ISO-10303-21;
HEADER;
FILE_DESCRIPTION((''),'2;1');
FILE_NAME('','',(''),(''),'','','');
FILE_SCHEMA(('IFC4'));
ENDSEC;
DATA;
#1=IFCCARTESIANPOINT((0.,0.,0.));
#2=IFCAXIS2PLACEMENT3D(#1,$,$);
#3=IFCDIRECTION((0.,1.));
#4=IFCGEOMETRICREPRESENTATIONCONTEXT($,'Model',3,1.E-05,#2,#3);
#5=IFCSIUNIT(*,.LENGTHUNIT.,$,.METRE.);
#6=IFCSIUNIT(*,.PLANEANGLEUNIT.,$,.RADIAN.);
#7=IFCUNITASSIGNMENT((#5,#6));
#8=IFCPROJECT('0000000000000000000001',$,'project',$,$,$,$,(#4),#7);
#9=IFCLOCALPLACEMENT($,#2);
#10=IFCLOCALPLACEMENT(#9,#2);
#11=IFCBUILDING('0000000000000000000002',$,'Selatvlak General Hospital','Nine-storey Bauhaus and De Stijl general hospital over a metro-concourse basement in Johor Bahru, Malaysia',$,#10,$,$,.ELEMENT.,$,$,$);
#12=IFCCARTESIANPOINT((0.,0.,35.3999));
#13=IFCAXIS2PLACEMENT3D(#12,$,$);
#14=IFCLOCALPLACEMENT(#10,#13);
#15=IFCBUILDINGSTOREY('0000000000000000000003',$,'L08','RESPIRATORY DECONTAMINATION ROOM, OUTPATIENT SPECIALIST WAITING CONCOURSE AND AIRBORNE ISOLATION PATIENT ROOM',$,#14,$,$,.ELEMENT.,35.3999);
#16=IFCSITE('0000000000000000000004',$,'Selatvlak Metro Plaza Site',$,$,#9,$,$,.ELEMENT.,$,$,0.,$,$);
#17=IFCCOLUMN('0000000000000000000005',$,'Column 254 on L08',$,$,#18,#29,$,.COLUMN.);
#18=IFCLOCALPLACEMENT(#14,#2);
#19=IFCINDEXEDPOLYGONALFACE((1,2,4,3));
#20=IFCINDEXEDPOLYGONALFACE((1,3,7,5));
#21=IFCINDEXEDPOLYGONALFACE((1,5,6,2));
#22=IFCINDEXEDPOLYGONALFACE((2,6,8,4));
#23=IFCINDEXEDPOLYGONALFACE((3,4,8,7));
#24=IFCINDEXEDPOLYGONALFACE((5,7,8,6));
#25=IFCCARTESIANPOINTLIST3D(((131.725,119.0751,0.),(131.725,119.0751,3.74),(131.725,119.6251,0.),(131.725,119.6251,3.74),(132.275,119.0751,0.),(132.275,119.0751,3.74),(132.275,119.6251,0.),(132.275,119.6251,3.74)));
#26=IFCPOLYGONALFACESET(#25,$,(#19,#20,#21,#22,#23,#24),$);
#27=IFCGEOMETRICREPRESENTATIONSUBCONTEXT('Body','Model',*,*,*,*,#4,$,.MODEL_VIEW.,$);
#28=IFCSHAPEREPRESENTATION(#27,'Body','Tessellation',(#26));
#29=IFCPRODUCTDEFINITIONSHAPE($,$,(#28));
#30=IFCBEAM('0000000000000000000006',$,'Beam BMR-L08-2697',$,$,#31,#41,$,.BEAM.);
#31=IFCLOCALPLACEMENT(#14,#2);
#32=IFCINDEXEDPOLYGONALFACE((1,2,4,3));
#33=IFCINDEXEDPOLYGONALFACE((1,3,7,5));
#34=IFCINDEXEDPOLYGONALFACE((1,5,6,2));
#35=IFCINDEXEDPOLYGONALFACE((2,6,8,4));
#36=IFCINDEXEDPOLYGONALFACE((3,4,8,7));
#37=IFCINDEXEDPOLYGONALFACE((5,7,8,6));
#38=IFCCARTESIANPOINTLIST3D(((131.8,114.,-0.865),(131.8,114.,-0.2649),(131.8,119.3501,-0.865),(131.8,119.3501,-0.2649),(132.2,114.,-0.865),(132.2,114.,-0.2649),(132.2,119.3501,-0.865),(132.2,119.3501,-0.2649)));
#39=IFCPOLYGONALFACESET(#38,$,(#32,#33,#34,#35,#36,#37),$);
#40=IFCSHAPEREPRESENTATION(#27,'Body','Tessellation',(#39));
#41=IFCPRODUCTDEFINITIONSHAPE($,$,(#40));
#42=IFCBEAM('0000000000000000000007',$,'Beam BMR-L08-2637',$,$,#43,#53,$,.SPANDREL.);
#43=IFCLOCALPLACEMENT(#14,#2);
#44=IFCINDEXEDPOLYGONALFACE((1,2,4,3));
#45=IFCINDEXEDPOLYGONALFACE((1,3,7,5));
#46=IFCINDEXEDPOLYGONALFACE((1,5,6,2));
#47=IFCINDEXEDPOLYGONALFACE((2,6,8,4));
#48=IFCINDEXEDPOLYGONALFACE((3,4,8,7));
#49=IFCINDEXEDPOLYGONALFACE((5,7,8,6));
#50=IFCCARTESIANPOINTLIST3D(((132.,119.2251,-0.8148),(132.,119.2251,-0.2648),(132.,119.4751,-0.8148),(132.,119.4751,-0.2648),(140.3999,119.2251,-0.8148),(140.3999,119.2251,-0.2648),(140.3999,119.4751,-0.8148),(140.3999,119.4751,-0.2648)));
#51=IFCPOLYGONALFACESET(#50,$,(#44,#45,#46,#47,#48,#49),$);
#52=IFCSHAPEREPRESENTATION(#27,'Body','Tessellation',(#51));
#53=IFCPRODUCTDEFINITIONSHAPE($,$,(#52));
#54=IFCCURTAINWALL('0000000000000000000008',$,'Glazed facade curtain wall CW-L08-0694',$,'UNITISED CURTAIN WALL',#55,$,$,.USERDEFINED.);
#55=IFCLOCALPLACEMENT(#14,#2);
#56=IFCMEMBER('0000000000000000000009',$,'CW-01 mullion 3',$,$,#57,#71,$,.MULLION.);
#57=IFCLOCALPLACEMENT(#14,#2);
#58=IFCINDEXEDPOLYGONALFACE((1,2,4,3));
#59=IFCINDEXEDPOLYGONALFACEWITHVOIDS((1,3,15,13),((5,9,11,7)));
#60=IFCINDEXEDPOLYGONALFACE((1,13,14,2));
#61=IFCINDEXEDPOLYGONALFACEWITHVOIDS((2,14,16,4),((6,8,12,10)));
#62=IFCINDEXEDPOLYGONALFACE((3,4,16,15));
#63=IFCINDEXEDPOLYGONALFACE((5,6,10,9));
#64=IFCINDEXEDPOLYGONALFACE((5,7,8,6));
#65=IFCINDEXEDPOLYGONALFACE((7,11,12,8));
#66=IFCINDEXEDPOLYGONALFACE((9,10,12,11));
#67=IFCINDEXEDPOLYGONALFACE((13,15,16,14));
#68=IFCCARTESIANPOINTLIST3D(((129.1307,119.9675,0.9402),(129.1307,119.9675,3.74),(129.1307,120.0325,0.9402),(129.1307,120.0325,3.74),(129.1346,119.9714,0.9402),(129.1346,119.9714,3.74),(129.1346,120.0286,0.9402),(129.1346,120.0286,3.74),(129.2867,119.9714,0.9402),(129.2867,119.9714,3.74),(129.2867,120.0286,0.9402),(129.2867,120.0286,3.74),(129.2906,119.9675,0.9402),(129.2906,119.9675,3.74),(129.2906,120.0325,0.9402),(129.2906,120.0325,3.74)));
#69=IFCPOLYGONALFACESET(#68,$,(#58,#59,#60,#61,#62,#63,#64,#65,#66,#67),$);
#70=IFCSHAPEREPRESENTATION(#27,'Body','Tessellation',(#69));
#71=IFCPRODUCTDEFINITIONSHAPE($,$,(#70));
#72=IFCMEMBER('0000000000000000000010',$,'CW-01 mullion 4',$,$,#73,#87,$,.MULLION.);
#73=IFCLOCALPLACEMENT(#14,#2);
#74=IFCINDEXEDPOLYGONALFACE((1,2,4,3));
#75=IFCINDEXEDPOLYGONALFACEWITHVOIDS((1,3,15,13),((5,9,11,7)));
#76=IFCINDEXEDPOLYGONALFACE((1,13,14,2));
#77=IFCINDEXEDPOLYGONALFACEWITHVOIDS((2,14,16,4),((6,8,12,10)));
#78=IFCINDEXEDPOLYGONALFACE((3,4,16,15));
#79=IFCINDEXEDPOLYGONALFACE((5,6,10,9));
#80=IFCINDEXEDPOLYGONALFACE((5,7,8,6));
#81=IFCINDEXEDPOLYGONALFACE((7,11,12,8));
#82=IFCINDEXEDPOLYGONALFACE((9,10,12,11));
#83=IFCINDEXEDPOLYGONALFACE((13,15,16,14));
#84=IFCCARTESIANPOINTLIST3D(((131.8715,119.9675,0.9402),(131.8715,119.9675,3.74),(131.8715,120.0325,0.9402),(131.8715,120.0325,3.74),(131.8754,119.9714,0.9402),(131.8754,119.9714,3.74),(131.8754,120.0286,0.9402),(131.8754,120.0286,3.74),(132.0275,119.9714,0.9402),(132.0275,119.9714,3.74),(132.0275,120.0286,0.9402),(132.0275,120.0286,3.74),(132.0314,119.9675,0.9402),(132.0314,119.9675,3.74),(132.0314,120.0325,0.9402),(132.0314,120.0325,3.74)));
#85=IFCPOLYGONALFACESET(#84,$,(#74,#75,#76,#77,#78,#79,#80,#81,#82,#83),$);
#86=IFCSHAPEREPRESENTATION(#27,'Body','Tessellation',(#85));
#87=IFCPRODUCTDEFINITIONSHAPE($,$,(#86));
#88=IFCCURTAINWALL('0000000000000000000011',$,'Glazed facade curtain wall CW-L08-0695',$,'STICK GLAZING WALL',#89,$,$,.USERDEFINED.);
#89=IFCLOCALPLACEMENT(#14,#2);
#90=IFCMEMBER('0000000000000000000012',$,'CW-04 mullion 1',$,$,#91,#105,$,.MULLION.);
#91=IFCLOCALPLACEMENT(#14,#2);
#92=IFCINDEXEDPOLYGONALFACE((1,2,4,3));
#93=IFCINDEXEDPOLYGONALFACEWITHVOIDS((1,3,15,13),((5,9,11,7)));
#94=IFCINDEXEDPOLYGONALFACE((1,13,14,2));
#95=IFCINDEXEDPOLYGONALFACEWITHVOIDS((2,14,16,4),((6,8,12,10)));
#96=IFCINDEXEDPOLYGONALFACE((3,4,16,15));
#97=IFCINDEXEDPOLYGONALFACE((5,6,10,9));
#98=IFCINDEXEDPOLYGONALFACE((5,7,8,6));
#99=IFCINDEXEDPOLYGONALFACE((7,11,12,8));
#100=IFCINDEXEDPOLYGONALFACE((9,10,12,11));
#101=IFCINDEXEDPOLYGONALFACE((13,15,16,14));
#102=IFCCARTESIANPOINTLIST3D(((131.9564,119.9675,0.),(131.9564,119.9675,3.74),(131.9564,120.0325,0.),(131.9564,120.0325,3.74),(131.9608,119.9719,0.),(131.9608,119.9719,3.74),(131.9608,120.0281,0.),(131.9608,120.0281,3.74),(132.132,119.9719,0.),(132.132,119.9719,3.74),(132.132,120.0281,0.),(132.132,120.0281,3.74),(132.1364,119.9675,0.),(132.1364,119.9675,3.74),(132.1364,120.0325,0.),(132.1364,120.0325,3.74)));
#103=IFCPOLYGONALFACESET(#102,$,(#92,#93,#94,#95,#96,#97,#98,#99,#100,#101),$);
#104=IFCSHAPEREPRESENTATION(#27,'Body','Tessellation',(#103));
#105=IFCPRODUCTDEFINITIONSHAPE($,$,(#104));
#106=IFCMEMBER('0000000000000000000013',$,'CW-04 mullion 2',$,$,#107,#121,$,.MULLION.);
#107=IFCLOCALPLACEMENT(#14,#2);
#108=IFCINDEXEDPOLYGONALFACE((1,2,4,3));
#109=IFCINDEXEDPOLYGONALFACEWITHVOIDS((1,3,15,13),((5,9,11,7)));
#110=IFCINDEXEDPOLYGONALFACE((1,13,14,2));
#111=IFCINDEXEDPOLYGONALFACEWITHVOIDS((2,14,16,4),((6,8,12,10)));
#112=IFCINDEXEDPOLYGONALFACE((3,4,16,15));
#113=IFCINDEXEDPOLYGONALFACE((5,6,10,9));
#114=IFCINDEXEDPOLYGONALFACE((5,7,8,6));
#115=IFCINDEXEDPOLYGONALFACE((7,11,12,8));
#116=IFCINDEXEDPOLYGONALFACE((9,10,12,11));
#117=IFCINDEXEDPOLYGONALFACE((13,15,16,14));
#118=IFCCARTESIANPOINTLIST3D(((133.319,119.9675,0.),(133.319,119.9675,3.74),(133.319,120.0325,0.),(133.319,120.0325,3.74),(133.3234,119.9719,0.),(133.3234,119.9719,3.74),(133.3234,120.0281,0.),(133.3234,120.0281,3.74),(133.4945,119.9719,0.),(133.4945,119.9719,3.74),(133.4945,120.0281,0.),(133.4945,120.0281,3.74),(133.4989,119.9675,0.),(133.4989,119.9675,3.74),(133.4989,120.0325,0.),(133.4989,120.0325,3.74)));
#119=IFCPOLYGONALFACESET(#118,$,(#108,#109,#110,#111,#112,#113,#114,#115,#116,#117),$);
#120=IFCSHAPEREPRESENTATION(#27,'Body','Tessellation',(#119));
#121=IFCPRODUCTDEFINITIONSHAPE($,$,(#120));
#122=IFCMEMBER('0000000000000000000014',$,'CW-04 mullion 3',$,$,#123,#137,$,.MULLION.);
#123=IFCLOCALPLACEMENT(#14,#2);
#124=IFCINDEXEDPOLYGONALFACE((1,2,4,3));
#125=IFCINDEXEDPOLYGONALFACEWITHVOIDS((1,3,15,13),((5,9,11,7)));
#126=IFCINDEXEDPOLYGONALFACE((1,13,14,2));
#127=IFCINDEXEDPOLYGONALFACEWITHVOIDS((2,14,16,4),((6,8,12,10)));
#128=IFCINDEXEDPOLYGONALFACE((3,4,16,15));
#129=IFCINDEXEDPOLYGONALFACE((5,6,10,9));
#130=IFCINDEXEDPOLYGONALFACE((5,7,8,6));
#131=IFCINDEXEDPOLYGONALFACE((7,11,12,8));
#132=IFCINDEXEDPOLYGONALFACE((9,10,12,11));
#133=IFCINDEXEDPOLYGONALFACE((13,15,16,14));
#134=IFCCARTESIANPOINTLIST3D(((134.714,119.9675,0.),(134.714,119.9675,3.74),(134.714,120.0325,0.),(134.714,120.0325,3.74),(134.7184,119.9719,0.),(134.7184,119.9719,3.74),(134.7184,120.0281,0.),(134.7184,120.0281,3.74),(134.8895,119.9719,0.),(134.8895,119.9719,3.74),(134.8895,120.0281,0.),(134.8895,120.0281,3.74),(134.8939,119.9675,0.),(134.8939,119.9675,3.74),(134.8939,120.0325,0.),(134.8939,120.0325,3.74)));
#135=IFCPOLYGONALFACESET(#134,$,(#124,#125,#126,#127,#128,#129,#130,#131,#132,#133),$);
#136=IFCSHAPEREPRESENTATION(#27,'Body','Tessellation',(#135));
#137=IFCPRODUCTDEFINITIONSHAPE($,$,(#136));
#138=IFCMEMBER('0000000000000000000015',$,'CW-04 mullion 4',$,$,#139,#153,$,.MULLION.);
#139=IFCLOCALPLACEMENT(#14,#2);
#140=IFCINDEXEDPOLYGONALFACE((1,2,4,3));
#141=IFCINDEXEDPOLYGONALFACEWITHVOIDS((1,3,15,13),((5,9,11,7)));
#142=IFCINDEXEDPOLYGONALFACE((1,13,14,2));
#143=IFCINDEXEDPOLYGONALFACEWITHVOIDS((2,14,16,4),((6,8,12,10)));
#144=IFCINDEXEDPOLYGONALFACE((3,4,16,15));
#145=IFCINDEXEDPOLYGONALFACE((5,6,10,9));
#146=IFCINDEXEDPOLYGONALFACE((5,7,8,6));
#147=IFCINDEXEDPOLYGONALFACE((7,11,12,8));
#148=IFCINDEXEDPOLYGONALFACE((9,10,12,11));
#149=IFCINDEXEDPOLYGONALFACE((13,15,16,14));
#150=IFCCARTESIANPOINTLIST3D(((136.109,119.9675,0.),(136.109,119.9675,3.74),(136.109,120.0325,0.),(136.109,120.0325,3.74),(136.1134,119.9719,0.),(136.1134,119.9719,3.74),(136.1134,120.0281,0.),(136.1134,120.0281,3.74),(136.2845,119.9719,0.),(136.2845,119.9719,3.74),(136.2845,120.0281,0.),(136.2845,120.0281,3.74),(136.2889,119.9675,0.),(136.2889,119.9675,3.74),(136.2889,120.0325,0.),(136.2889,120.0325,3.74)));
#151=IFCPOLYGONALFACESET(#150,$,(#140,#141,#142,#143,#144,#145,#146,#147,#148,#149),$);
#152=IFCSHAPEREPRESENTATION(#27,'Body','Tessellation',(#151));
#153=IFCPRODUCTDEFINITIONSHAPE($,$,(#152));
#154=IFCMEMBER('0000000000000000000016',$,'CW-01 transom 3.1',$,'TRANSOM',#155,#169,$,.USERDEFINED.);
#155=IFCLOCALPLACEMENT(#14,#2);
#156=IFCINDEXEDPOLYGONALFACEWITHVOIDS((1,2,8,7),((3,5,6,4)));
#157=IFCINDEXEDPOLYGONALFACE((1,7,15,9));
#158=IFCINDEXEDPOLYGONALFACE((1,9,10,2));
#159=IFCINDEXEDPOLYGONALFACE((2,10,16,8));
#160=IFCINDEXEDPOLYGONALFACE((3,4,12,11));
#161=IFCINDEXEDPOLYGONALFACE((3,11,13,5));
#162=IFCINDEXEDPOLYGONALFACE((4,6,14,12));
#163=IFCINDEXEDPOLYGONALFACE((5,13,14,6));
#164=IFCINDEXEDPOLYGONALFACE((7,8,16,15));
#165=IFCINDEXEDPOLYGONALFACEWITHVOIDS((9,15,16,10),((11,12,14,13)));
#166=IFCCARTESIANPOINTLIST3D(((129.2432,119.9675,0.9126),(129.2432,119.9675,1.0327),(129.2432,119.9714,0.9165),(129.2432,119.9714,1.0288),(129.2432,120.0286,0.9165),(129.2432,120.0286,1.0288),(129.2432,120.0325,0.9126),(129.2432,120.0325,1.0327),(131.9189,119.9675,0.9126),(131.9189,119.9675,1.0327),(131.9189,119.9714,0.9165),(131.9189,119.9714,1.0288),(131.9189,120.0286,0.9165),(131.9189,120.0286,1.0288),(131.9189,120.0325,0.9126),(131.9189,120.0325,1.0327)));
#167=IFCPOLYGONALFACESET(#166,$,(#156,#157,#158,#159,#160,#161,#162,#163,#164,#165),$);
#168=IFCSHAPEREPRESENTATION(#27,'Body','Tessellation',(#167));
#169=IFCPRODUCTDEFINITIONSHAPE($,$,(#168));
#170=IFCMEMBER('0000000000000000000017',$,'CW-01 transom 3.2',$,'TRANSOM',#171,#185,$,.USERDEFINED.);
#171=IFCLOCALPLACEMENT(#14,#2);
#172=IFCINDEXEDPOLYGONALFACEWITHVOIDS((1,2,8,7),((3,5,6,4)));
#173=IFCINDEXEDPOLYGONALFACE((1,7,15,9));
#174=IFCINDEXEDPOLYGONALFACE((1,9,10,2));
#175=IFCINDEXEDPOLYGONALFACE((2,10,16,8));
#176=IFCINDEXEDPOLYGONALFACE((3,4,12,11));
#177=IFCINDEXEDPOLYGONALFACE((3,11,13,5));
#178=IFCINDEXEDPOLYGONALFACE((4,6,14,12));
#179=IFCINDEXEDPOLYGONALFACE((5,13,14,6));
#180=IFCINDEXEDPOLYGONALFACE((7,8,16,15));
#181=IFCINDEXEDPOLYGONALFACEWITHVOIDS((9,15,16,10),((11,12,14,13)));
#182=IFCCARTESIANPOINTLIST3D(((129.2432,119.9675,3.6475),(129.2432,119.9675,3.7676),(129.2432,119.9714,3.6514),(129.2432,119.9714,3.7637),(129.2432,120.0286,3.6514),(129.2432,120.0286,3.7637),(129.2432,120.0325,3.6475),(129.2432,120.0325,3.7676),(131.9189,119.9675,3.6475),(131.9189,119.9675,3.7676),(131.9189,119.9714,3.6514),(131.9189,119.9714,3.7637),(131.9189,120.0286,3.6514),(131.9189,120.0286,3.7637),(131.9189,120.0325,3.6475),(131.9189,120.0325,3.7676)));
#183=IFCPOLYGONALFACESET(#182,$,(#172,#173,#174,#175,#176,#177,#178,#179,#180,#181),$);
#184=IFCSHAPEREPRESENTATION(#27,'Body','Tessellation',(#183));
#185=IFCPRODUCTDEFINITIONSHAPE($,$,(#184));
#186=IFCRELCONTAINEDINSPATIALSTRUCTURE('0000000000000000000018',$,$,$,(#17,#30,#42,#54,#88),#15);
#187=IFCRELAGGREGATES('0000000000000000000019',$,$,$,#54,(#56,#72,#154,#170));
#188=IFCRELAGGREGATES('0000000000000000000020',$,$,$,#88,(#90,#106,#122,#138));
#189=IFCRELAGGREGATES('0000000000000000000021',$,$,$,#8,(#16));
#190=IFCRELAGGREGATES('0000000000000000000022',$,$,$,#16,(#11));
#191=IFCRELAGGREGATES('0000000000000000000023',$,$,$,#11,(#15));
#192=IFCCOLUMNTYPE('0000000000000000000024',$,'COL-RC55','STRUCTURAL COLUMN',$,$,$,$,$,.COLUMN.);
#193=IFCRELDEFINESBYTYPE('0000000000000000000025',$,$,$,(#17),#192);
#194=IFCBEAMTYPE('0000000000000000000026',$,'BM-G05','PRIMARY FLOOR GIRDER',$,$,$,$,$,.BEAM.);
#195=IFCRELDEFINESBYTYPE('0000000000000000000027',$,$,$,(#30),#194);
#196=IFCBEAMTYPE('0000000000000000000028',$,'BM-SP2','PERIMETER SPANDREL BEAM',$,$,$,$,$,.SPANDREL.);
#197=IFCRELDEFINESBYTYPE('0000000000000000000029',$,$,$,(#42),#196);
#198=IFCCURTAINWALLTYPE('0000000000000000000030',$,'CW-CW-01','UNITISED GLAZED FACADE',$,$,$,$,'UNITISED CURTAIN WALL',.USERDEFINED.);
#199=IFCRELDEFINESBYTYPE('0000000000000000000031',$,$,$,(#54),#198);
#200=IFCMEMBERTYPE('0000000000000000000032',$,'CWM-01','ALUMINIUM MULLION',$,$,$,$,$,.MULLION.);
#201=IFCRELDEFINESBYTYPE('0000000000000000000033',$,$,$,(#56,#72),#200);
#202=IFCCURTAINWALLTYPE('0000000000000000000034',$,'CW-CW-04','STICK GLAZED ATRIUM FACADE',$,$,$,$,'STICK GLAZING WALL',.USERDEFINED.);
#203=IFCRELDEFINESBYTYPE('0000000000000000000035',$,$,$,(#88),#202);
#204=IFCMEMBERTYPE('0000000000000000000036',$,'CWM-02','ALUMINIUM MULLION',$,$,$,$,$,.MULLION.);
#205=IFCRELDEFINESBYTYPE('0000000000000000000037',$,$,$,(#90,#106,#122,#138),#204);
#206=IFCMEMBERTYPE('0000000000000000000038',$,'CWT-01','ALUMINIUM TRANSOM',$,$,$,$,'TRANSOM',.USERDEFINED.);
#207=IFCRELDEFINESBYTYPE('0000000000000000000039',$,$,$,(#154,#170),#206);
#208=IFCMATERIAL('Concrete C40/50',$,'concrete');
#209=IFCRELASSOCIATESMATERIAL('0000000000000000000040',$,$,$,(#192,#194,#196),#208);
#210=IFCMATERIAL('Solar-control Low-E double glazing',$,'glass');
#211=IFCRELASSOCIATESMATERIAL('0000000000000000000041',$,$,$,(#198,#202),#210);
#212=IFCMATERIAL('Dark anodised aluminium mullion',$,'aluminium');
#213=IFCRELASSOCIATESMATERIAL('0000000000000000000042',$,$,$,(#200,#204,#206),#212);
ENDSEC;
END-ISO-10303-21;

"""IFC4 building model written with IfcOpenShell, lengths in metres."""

from ifc_helpers import new_model, si_unit, direction, frame, origin, origin_2d, place, context, subcontext, project, spatial, rectangle, hollow_rectangle, extrude, material, material_profile, profile_set, type_object, element, aggregate, save


model = new_model("IFC4")

# Units and contexts
model_context = context("Model", 3, precision=1e-05, world=origin(), true_north=direction((0.0, 1.0)))
body_context = subcontext(model_context, "Body", "Model", "MODEL_VIEW")
ifc_project = project(units=[si_unit("LENGTHUNIT", "METRE"), si_unit("PLANEANGLEUNIT", "RADIAN")], contexts=[model_context])

# Site, building, storey
site_placement = place(None, origin())
site = spatial("IfcSite", under=ifc_project, at=site_placement, Name="Selatvlak Metro Plaza Site", CompositionType="ELEMENT", RefElevation=0.0)
building_placement = place(site_placement, origin())
building = spatial("IfcBuilding", under=site, at=building_placement, Name="Selatvlak General Hospital", Description="Nine-storey Bauhaus and De Stijl general hospital over a metro-concourse basement in Johor Bahru, Malaysia", CompositionType="ELEMENT")
storey_placement = place(building_placement, frame((0.0, 0.0, 35.3999)))
storey = spatial("IfcBuildingStorey", under=building, at=storey_placement, Name="L08", Description="RESPIRATORY DECONTAMINATION ROOM, OUTPATIENT SPECIALIST WAITING CONCOURSE AND AIRBORNE ISOLATION PATIENT ROOM", CompositionType="ELEMENT", Elevation=35.3999)

# Column
ifc_material_1 = material(Name="Concrete C40/50", Category="concrete")
ifc_material_profile_1 = material_profile(ifc_material_1, rectangle(XDim=0.55, YDim=0.55, at=origin_2d()), Name="RC-COL 550x550")
ifc_profile_set_1 = profile_set([ifc_material_profile_1], Name="Concrete C40/50")
column_type = type_object("IfcColumnType", Name="COL-RC55", Description="STRUCTURAL COLUMN", PredefinedType="COLUMN", material=ifc_profile_set_1)
column_placement = place(storey_placement, frame((132.0, 119.3501, 0.0), z_axis=(0.0, 0.0, 1.0), x_axis=(1.0, 0.0, 0.0)))
element("IfcColumn", 1, at=column_placement, inside=storey, type_object=column_type, Name="Column 254 on L08", PredefinedType="COLUMN", context=body_context, shape_type="SweptSolid", body=[
    extrude(rectangle(XDim=0.55, YDim=0.55, at=origin_2d()), origin(), (0.0, 0.0, 1.0), 3.74),
])

# Beams
ifc_material_profile_2 = material_profile(ifc_material_1, rectangle(XDim=0.3999, YDim=0.6001, at=origin_2d()), Name="RC-BM 400x600")
ifc_profile_set_2 = profile_set([ifc_material_profile_2], Name="Concrete C40/50")
beam_type_1 = type_object("IfcBeamType", Name="BM-G05", Description="PRIMARY FLOOR GIRDER", PredefinedType="BEAM", material=ifc_profile_set_2)
beam_1_placement = place(storey_placement, frame((132.0, 114.0, -0.5649), z_axis=(0.0, 1.0, 0.0), x_axis=(-1.0, 0.0, 0.0)))
element("IfcBeam", 2, at=beam_1_placement, inside=storey, type_object=beam_type_1, Name="Beam BMR-L08-2697", PredefinedType="BEAM", context=body_context, shape_type="SweptSolid", body=[
    extrude(rectangle(XDim=0.3999, YDim=0.6001, at=origin_2d()), origin(), (0.0, 0.0, 1.0), 5.3501),
])
ifc_material_profile_3 = material_profile(ifc_material_1, rectangle(XDim=0.25, YDim=0.55, at=origin_2d()), Name="RC-SP 250x550")
ifc_profile_set_3 = profile_set([ifc_material_profile_3], Name="Concrete C40/50")
beam_type_2 = type_object("IfcBeamType", Name="BM-SP2", Description="PERIMETER SPANDREL BEAM", PredefinedType="SPANDREL", material=ifc_profile_set_3)
beam_2_placement = place(storey_placement, frame((132.0, 119.3501, -0.5398), z_axis=(1.0, 0.0, 0.0), x_axis=(0.0, 1.0, 0.0)))
element("IfcBeam", 3, at=beam_2_placement, inside=storey, type_object=beam_type_2, Name="Beam BMR-L08-2637", PredefinedType="SPANDREL", context=body_context, shape_type="SweptSolid", body=[
    extrude(rectangle(XDim=0.25, YDim=0.55, at=origin_2d()), origin(), (0.0, 0.0, 1.0), 8.3999),
])

# Curtain walls, members
ifc_material_2 = material(Name="Solar-control Low-E double glazing", Category="glass")
curtain_wall_type_1 = type_object("IfcCurtainWallType", Name="CW-CW-01", Description="UNITISED GLAZED FACADE", ElementType="UNITISED CURTAIN WALL", PredefinedType="USERDEFINED", material=ifc_material_2)
curtain_wall_1_placement = place(storey_placement, origin())
curtain_wall_1 = element("IfcCurtainWall", 4, at=curtain_wall_1_placement, inside=storey, type_object=curtain_wall_type_1, Name="Glazed facade curtain wall CW-L08-0694", ObjectType="UNITISED CURTAIN WALL", PredefinedType="USERDEFINED")
ifc_material_3 = material(Name="Dark anodised aluminium mullion", Category="aluminium")
ifc_material_profile_4 = material_profile(ifc_material_3, hollow_rectangle(XDim=0.0649, YDim=0.1599, WallThickness=0.0039, at=origin_2d()), Name="AL-MUL 65x160x4")
ifc_profile_set_4 = profile_set([ifc_material_profile_4], Name="Dark anodised aluminium mullion")
member_type_1 = type_object("IfcMemberType", Name="CWM-01", Description="ALUMINIUM MULLION", PredefinedType="MULLION", material=ifc_profile_set_4)
member_1_placement = place(storey_placement, frame((129.2107, 120.0, 0.9402), z_axis=(0.0, 0.0, 1.0), x_axis=(0.0, 1.0, 0.0)))
member_1 = element("IfcMember", 5, at=member_1_placement, type_object=member_type_1, Name="CW-01 mullion 3", PredefinedType="MULLION", context=body_context, shape_type="SweptSolid", body=[
    extrude(hollow_rectangle(XDim=0.0649, YDim=0.1599, WallThickness=0.0039, at=origin_2d()), origin(), (0.0, 0.0, 1.0), 2.7998),
])
member_2_placement = place(storey_placement, frame((131.9514, 120.0, 0.9402), z_axis=(0.0, 0.0, 1.0), x_axis=(0.0, 1.0, 0.0)))
member_2 = element("IfcMember", 6, at=member_2_placement, type_object=member_type_1, Name="CW-01 mullion 4", PredefinedType="MULLION", context=body_context, shape_type="SweptSolid", body=[
    extrude(hollow_rectangle(XDim=0.0649, YDim=0.1599, WallThickness=0.0039, at=origin_2d()), origin(), (0.0, 0.0, 1.0), 2.7998),
])
curtain_wall_type_2 = type_object("IfcCurtainWallType", Name="CW-CW-04", Description="STICK GLAZED ATRIUM FACADE", ElementType="STICK GLAZING WALL", PredefinedType="USERDEFINED", material=ifc_material_2)
curtain_wall_2_placement = place(storey_placement, origin())
curtain_wall_2 = element("IfcCurtainWall", 7, at=curtain_wall_2_placement, inside=storey, type_object=curtain_wall_type_2, Name="Glazed facade curtain wall CW-L08-0695", ObjectType="STICK GLAZING WALL", PredefinedType="USERDEFINED")
ifc_material_profile_5 = material_profile(ifc_material_3, hollow_rectangle(XDim=0.0649, YDim=0.1799, WallThickness=0.0044, at=origin_2d()), Name="AL-MUL 65x180x4.5")
ifc_profile_set_5 = profile_set([ifc_material_profile_5], Name="Dark anodised aluminium mullion")
member_type_2 = type_object("IfcMemberType", Name="CWM-02", Description="ALUMINIUM MULLION", PredefinedType="MULLION", material=ifc_profile_set_5)
member_3_placement = place(storey_placement, frame((132.0464, 120.0, 0.0), z_axis=(0.0, 0.0, 1.0), x_axis=(0.0, 1.0, 0.0)))
member_3 = element("IfcMember", 8, at=member_3_placement, type_object=member_type_2, Name="CW-04 mullion 1", PredefinedType="MULLION", context=body_context, shape_type="SweptSolid", body=[
    extrude(hollow_rectangle(XDim=0.0649, YDim=0.1799, WallThickness=0.0044, at=origin_2d()), origin(), (0.0, 0.0, 1.0), 3.74),
])
member_4_placement = place(storey_placement, frame((133.4089, 120.0, 0.0), z_axis=(0.0, 0.0, 1.0), x_axis=(0.0, 1.0, 0.0)))
member_4 = element("IfcMember", 9, at=member_4_placement, type_object=member_type_2, Name="CW-04 mullion 2", PredefinedType="MULLION", context=body_context, shape_type="SweptSolid", body=[
    extrude(hollow_rectangle(XDim=0.0649, YDim=0.1799, WallThickness=0.0044, at=origin_2d()), origin(), (0.0, 0.0, 1.0), 3.74),
])
member_5_placement = place(storey_placement, frame((134.804, 120.0, 0.0), z_axis=(0.0, 0.0, 1.0), x_axis=(0.0, 1.0, 0.0)))
member_5 = element("IfcMember", 10, at=member_5_placement, type_object=member_type_2, Name="CW-04 mullion 3", PredefinedType="MULLION", context=body_context, shape_type="SweptSolid", body=[
    extrude(hollow_rectangle(XDim=0.0649, YDim=0.1799, WallThickness=0.0044, at=origin_2d()), origin(), (0.0, 0.0, 1.0), 3.74),
])
member_6_placement = place(storey_placement, frame((136.199, 120.0, 0.0), z_axis=(0.0, 0.0, 1.0), x_axis=(0.0, 1.0, 0.0)))
member_6 = element("IfcMember", 11, at=member_6_placement, type_object=member_type_2, Name="CW-04 mullion 4", PredefinedType="MULLION", context=body_context, shape_type="SweptSolid", body=[
    extrude(hollow_rectangle(XDim=0.0649, YDim=0.1799, WallThickness=0.0044, at=origin_2d()), origin(), (0.0, 0.0, 1.0), 3.74),
])

# Members
ifc_material_profile_6 = material_profile(ifc_material_3, hollow_rectangle(XDim=0.0649, YDim=0.1201, WallThickness=0.0039, at=origin_2d()), Name="AL-TRN 65x120x4")
ifc_profile_set_6 = profile_set([ifc_material_profile_6], Name="Dark anodised aluminium mullion")
member_type_3 = type_object("IfcMemberType", Name="CWT-01", Description="ALUMINIUM TRANSOM", ElementType="TRANSOM", PredefinedType="USERDEFINED", material=ifc_profile_set_6)
member_7_placement = place(storey_placement, frame((129.2432, 120.0, 0.9727), z_axis=(1.0, 0.0, 0.0), x_axis=(0.0, 1.0, 0.0)))
member_7 = element("IfcMember", 12, at=member_7_placement, type_object=member_type_3, Name="CW-01 transom 3.1", ObjectType="TRANSOM", PredefinedType="USERDEFINED", context=body_context, shape_type="SweptSolid", body=[
    extrude(hollow_rectangle(XDim=0.0649, YDim=0.1201, WallThickness=0.0039, at=origin_2d()), origin(), (0.0, 0.0, 1.0), 2.6758),
])
member_8_placement = place(storey_placement, frame((129.2432, 120.0, 3.7075), z_axis=(1.0, 0.0, 0.0), x_axis=(0.0, 1.0, 0.0)))
member_8 = element("IfcMember", 13, at=member_8_placement, type_object=member_type_3, Name="CW-01 transom 3.2", ObjectType="TRANSOM", PredefinedType="USERDEFINED", context=body_context, shape_type="SweptSolid", body=[
    extrude(hollow_rectangle(XDim=0.0649, YDim=0.1201, WallThickness=0.0039, at=origin_2d()), origin(), (0.0, 0.0, 1.0), 2.6758),
])

aggregate(curtain_wall_1, [member_1, member_2, member_7, member_8])
aggregate(curtain_wall_2, [member_3, member_4, member_5, member_6])

save(model, "model.ifc")
